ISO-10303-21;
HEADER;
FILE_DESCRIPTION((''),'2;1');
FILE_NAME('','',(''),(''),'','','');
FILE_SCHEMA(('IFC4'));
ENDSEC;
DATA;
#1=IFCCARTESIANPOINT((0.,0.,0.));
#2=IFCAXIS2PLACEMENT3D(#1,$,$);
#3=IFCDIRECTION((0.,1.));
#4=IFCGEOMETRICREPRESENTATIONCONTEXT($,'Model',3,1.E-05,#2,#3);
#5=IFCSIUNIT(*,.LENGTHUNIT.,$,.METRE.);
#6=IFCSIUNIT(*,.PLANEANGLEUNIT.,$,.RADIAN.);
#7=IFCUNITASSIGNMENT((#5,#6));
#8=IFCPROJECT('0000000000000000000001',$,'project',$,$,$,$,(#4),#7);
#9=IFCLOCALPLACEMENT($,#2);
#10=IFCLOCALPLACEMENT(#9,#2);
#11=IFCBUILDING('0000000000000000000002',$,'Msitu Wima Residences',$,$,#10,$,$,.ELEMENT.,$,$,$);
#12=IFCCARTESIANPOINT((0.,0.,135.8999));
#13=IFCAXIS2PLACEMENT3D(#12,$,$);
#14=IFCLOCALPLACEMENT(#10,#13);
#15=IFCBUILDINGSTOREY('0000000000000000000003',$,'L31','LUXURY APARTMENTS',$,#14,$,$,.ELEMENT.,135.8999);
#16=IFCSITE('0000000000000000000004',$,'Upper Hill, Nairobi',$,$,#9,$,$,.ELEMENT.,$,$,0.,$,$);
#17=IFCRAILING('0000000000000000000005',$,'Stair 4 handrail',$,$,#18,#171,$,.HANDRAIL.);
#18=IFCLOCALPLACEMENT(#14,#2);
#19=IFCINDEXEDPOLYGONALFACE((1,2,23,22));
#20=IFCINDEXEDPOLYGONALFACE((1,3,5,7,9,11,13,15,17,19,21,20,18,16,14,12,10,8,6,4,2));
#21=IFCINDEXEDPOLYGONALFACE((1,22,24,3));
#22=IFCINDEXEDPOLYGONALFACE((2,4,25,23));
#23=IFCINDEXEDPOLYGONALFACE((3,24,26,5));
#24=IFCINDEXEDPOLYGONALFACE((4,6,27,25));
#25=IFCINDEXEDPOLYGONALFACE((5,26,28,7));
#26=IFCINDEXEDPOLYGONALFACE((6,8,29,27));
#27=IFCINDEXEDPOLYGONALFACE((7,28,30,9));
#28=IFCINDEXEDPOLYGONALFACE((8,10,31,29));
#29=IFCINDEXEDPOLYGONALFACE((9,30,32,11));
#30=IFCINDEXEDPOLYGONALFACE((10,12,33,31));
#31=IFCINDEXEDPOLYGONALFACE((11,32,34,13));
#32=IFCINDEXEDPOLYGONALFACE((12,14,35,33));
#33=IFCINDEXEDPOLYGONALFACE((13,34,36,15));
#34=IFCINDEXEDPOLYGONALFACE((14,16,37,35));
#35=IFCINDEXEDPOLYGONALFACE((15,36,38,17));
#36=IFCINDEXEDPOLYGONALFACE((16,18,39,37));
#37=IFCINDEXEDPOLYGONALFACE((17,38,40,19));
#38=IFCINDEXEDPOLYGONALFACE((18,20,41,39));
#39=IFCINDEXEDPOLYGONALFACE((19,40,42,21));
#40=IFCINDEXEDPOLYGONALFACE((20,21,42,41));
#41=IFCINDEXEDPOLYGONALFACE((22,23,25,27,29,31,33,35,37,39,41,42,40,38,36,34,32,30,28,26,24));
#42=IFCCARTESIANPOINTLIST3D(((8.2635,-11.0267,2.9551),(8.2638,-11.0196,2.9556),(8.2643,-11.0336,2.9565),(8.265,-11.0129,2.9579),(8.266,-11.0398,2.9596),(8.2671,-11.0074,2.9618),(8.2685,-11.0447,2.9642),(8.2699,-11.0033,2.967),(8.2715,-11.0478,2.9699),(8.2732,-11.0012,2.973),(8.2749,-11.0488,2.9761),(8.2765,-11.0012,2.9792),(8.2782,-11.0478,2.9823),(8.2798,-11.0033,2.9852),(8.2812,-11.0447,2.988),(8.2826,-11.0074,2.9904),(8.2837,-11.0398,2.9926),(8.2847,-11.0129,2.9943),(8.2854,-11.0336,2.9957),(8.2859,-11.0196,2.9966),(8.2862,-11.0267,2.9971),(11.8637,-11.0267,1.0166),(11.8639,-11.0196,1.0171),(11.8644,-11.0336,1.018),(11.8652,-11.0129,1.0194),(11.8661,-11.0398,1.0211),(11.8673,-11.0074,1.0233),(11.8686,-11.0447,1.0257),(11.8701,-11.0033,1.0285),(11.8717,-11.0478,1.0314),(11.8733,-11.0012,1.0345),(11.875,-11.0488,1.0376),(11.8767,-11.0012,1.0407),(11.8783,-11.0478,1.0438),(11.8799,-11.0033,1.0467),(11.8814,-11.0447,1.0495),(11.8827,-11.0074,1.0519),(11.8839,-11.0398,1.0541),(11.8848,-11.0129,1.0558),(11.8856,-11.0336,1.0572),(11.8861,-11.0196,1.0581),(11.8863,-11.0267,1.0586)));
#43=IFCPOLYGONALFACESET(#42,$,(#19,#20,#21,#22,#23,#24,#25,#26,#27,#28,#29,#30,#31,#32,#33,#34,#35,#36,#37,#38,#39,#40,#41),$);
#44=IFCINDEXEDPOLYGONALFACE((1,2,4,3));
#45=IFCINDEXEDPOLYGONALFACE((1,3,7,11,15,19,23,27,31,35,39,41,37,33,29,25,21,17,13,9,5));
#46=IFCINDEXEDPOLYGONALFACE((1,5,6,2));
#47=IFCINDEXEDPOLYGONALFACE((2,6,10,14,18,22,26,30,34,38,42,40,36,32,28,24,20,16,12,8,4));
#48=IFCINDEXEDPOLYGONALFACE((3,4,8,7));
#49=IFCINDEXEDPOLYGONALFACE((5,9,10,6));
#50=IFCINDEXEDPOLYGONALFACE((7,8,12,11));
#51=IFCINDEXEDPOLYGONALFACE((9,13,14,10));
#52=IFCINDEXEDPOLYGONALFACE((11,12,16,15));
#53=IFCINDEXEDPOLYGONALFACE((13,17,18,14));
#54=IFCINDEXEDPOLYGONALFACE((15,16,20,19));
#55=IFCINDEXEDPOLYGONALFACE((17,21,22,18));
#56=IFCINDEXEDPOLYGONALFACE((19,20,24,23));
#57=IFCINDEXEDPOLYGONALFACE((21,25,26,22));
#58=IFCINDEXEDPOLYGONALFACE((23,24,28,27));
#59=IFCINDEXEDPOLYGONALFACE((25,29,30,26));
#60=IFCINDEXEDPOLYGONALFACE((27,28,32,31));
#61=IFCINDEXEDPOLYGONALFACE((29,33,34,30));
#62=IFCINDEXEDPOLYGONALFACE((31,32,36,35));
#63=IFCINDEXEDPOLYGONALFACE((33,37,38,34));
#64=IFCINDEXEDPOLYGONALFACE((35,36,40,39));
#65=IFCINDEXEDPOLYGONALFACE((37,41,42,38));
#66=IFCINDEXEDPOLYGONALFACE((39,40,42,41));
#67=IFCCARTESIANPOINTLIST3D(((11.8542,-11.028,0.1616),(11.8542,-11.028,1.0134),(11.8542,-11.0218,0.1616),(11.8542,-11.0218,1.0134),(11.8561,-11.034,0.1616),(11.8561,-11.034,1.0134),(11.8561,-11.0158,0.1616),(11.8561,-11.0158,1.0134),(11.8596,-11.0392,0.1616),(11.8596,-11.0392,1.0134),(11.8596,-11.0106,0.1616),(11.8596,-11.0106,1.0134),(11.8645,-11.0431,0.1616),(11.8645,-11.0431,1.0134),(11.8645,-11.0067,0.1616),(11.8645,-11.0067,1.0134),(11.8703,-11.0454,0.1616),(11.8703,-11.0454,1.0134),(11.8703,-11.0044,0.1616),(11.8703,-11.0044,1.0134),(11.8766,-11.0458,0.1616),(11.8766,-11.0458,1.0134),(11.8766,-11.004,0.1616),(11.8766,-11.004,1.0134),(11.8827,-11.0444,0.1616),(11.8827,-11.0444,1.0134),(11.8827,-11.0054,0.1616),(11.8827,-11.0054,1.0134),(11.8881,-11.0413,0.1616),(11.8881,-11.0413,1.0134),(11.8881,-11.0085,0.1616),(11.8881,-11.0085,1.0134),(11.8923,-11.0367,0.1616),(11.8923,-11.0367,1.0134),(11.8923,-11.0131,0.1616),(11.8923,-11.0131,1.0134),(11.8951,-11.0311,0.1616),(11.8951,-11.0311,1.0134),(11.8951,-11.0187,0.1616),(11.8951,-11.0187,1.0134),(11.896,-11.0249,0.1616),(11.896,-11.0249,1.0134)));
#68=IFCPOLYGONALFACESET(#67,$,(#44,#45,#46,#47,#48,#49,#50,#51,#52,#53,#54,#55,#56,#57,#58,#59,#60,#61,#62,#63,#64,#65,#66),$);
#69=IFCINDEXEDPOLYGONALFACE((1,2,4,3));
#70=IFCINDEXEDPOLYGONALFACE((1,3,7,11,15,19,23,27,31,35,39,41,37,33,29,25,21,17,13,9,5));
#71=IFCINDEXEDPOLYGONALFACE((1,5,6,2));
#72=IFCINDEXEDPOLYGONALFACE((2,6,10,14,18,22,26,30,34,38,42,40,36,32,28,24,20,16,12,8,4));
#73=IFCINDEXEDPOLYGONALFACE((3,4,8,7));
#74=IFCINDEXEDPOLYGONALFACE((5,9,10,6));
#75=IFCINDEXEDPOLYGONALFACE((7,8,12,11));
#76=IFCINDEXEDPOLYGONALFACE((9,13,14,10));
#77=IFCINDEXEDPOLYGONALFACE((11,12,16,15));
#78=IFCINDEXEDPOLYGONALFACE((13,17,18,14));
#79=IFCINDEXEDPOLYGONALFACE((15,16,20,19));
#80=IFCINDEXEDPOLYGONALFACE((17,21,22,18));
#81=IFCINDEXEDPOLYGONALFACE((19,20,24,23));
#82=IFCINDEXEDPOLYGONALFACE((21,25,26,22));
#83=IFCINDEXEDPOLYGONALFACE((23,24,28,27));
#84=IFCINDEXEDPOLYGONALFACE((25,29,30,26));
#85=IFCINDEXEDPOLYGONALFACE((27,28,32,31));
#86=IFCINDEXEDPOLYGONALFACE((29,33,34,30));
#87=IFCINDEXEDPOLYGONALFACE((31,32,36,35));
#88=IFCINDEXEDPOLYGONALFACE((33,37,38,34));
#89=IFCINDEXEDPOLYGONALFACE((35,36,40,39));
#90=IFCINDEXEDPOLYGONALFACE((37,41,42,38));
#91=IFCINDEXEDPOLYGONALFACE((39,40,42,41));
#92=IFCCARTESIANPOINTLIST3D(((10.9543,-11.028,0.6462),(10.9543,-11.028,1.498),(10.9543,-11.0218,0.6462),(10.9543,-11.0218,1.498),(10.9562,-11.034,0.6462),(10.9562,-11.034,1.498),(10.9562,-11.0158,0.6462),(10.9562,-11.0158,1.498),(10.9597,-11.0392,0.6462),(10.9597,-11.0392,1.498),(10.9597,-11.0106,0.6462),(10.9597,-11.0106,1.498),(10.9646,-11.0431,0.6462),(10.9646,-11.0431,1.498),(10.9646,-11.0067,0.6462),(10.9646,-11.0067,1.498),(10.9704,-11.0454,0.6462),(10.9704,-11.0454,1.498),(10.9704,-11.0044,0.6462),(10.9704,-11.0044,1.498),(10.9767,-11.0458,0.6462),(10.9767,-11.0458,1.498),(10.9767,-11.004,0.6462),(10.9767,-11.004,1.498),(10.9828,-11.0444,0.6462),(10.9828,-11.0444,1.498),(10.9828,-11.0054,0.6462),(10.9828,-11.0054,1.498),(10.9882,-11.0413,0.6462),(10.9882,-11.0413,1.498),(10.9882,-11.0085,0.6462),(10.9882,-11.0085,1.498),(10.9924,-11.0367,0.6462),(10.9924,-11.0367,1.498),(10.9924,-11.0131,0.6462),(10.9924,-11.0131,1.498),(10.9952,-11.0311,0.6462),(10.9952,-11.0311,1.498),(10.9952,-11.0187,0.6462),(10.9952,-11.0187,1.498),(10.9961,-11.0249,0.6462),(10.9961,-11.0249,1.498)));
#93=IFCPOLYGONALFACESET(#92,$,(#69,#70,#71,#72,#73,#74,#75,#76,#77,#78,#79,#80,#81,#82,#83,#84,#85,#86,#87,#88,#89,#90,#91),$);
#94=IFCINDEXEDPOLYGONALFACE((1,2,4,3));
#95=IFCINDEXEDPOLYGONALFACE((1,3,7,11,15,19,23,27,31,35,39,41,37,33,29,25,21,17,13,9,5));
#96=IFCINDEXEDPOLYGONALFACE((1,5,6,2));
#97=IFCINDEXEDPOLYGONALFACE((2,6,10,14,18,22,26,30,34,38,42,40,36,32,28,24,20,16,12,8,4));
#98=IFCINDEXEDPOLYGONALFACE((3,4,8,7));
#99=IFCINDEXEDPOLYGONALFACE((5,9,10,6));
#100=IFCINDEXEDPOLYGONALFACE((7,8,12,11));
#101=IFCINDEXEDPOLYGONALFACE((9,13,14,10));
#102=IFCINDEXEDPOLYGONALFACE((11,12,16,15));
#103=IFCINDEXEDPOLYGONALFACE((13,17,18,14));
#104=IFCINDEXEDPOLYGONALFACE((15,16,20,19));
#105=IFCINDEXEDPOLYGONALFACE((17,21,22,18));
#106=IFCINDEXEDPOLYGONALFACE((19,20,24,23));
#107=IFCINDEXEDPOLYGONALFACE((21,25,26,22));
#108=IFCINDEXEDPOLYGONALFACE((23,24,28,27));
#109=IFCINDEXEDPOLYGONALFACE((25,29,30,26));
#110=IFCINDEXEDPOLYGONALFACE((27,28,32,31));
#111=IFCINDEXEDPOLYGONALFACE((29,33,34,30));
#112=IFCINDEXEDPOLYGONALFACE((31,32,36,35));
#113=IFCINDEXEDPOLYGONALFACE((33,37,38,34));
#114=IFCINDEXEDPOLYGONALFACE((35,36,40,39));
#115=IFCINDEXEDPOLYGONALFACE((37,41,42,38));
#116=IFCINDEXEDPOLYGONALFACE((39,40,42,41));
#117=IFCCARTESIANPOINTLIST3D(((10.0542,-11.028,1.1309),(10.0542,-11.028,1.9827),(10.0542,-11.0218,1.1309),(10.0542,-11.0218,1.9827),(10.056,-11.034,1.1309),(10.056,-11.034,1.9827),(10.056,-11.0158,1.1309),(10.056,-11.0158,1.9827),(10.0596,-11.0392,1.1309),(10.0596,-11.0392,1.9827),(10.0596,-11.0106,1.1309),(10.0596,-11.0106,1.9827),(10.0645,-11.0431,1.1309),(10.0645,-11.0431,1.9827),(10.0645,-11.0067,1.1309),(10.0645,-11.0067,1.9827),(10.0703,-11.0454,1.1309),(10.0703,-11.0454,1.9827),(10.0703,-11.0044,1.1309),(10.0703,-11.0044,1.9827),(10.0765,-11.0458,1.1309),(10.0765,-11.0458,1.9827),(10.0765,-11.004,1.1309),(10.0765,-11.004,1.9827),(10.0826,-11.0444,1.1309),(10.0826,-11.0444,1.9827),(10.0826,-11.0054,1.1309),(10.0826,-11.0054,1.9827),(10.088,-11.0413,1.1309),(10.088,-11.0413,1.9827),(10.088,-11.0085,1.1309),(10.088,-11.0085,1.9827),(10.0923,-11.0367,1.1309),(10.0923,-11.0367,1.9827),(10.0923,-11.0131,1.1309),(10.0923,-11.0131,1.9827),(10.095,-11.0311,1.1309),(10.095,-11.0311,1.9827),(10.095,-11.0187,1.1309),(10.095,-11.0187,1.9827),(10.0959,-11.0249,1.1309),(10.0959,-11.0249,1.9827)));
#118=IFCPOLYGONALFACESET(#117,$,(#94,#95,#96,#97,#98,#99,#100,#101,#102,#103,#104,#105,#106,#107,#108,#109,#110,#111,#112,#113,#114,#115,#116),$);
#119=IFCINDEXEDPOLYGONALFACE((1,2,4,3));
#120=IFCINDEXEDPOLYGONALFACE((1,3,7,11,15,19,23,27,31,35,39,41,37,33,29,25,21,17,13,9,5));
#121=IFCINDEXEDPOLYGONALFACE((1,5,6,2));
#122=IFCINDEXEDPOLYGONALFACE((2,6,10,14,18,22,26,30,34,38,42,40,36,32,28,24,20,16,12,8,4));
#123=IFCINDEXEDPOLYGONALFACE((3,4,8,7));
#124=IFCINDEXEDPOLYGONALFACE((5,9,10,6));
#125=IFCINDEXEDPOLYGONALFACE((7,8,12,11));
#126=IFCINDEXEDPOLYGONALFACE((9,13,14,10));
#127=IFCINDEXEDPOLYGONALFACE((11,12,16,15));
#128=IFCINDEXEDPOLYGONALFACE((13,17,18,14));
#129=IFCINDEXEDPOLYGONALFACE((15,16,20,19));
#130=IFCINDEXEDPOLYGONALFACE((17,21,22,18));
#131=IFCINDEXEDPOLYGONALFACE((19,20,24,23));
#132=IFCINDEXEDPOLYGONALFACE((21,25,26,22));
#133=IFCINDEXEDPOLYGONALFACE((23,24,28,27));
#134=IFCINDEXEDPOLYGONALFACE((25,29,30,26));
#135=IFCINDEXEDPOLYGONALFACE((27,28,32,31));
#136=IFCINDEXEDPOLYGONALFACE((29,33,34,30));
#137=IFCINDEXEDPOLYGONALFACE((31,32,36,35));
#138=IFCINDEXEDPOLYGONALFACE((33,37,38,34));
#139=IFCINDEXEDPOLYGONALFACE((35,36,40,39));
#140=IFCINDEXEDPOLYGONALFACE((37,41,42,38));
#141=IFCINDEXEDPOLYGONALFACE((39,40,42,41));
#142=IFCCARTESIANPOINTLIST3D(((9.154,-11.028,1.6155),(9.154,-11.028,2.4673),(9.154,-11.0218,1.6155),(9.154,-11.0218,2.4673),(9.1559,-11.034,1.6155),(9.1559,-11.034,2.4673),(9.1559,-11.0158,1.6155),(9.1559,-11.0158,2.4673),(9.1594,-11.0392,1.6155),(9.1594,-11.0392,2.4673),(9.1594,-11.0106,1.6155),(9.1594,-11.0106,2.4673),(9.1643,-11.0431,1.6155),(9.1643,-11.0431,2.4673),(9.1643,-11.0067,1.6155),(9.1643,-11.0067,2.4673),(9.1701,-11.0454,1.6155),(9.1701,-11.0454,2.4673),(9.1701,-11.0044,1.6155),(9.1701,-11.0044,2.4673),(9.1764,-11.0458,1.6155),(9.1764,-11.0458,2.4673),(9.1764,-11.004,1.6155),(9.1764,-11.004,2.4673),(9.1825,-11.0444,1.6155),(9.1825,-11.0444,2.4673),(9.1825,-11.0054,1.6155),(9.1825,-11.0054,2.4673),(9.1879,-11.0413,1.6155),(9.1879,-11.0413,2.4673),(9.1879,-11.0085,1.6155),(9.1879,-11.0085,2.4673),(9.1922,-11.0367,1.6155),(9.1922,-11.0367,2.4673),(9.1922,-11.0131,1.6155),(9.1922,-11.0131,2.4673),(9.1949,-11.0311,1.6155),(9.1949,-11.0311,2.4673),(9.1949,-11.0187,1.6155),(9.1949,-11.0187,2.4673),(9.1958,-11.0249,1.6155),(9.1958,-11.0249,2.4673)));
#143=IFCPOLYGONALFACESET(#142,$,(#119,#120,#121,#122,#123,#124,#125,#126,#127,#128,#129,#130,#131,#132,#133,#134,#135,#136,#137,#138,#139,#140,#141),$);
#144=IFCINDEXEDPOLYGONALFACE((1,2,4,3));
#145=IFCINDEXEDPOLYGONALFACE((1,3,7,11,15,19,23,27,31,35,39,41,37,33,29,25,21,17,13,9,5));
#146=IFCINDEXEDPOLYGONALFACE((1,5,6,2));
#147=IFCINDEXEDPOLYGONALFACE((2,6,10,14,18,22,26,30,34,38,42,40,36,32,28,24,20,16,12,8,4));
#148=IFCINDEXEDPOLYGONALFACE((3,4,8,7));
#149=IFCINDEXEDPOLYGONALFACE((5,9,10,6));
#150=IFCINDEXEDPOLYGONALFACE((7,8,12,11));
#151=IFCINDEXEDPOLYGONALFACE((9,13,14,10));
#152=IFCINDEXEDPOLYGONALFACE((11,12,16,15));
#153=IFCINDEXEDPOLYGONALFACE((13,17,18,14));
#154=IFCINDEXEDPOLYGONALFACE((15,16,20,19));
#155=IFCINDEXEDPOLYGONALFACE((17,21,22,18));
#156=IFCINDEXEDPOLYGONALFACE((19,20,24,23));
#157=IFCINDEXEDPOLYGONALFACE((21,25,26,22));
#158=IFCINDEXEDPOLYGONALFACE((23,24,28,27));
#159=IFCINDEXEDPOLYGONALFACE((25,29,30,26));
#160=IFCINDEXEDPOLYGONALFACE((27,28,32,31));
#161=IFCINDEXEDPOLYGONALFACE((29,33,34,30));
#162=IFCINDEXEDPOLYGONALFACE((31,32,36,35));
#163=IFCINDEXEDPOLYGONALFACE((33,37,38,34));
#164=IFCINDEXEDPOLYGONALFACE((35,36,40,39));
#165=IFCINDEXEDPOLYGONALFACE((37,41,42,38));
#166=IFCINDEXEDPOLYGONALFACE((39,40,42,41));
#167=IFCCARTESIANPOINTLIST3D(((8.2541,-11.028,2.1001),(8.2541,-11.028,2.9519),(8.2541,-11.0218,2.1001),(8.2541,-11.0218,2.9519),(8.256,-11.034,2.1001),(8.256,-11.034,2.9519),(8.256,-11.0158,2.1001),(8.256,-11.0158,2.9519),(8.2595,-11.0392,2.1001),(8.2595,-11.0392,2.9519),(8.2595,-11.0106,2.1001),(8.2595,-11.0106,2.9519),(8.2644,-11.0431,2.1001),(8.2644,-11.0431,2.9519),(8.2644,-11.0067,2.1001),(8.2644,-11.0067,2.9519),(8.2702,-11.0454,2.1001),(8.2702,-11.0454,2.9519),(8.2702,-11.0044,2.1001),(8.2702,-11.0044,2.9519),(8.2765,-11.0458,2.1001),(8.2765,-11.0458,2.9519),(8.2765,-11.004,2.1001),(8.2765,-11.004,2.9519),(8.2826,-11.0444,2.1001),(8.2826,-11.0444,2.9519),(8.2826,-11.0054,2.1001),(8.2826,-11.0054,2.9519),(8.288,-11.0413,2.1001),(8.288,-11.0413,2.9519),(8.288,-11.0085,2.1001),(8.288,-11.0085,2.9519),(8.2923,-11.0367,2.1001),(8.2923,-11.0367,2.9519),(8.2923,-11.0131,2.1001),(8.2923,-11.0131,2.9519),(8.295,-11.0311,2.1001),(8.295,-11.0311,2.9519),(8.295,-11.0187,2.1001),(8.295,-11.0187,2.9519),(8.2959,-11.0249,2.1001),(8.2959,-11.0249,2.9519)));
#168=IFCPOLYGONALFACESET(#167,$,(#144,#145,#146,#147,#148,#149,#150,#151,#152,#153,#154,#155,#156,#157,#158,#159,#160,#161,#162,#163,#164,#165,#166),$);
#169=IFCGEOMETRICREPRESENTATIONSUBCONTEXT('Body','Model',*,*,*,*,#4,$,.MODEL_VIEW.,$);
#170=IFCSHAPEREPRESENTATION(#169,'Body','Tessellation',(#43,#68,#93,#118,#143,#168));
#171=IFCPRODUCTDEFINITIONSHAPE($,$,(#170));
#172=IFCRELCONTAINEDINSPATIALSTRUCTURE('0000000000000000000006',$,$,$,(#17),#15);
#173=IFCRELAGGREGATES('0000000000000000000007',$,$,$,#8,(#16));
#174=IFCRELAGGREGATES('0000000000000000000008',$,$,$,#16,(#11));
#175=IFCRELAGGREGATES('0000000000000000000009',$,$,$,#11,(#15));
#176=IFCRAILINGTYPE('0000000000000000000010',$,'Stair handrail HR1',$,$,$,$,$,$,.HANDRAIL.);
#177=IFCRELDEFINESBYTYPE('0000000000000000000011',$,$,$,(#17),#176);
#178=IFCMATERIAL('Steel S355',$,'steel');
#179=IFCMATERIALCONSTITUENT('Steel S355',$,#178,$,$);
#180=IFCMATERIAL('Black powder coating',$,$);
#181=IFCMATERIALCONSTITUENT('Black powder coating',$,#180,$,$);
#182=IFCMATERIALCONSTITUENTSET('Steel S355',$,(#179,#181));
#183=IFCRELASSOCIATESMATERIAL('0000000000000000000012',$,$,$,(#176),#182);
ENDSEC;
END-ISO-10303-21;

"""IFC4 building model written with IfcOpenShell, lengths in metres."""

from ifc_helpers import new_model, si_unit, direction, frame, origin, origin_2d, place, context, subcontext, project, spatial, circle, extrude, material, constituent, constituent_set, type_object, element, save


model = new_model("IFC4")

# Units and contexts
model_context = context("Model", 3, precision=1e-05, world=origin(), true_north=direction((0.0, 1.0)))
body_context = subcontext(model_context, "Body", "Model", "MODEL_VIEW")
ifc_project = project(units=[si_unit("LENGTHUNIT", "METRE"), si_unit("PLANEANGLEUNIT", "RADIAN")], contexts=[model_context])

# Site, building, storey
site_placement = place(None, origin())
site = spatial("IfcSite", under=ifc_project, at=site_placement, Name="Upper Hill, Nairobi", CompositionType="ELEMENT", RefElevation=0.0)
building_placement = place(site_placement, origin())
building = spatial("IfcBuilding", under=site, at=building_placement, Name="Msitu Wima Residences", CompositionType="ELEMENT")
storey_placement = place(building_placement, frame((0.0, 0.0, 135.8999)))
storey = spatial("IfcBuildingStorey", under=building, at=storey_placement, Name="L31", Description="LUXURY APARTMENTS", CompositionType="ELEMENT", Elevation=135.8999)

# Railing
ifc_material_1 = material(Name="Steel S355", Category="steel")
ifc_constituent_1 = constituent(ifc_material_1, Name="Steel S355")
ifc_material_2 = material(Name="Black powder coating")
ifc_constituent_2 = constituent(ifc_material_2, Name="Black powder coating")
ifc_constituent_set_1 = constituent_set(constituents=[ifc_constituent_1, ifc_constituent_2], Name="Steel S355")
railing_type_1 = type_object("IfcRailingType", Name="Stair handrail HR1", PredefinedType="HANDRAIL", material=ifc_constituent_set_1)
for number, where, name in (
    (1, (11.875, -11.0249, 0.1616), "Stair 4 handrail"),
):
    element("IfcRailing", number, at=place(storey_placement, frame(where)), inside=storey, type_object=railing_type_1, Name=name, PredefinedType="HANDRAIL", context=body_context, shape_type="SweptSolid", body=[
        extrude(circle(Radius=0.0239, at=origin_2d()), frame((0.0, 0.0, 0.876), z_axis=(-0.880475, 0.0, 0.474093), x_axis=(0.0, -1.0, 0.0)), (0.0, 0.0, 1.0), 4.0889),
        extrude(circle(Radius=0.021, at=origin_2d()), origin(), (0.0, 0.0, 1.0), 0.8518),
        extrude(circle(Radius=0.021, at=origin_2d()), frame((-0.8999, 0.0, 0.4846)), (0.0, 0.0, 1.0), 0.8518),
        extrude(circle(Radius=0.021, at=origin_2d()), frame((-1.8, 0.0, 0.9692)), (0.0, 0.0, 1.0), 0.8518),
        extrude(circle(Radius=0.021, at=origin_2d()), frame((-2.7002, 0.0, 1.4539)), (0.0, 0.0, 1.0), 0.8518),
        extrude(circle(Radius=0.021, at=origin_2d()), frame((-3.6001, 0.0, 1.9385)), (0.0, 0.0, 1.0), 0.8518),
    ])

save(model, "model.ifc")
